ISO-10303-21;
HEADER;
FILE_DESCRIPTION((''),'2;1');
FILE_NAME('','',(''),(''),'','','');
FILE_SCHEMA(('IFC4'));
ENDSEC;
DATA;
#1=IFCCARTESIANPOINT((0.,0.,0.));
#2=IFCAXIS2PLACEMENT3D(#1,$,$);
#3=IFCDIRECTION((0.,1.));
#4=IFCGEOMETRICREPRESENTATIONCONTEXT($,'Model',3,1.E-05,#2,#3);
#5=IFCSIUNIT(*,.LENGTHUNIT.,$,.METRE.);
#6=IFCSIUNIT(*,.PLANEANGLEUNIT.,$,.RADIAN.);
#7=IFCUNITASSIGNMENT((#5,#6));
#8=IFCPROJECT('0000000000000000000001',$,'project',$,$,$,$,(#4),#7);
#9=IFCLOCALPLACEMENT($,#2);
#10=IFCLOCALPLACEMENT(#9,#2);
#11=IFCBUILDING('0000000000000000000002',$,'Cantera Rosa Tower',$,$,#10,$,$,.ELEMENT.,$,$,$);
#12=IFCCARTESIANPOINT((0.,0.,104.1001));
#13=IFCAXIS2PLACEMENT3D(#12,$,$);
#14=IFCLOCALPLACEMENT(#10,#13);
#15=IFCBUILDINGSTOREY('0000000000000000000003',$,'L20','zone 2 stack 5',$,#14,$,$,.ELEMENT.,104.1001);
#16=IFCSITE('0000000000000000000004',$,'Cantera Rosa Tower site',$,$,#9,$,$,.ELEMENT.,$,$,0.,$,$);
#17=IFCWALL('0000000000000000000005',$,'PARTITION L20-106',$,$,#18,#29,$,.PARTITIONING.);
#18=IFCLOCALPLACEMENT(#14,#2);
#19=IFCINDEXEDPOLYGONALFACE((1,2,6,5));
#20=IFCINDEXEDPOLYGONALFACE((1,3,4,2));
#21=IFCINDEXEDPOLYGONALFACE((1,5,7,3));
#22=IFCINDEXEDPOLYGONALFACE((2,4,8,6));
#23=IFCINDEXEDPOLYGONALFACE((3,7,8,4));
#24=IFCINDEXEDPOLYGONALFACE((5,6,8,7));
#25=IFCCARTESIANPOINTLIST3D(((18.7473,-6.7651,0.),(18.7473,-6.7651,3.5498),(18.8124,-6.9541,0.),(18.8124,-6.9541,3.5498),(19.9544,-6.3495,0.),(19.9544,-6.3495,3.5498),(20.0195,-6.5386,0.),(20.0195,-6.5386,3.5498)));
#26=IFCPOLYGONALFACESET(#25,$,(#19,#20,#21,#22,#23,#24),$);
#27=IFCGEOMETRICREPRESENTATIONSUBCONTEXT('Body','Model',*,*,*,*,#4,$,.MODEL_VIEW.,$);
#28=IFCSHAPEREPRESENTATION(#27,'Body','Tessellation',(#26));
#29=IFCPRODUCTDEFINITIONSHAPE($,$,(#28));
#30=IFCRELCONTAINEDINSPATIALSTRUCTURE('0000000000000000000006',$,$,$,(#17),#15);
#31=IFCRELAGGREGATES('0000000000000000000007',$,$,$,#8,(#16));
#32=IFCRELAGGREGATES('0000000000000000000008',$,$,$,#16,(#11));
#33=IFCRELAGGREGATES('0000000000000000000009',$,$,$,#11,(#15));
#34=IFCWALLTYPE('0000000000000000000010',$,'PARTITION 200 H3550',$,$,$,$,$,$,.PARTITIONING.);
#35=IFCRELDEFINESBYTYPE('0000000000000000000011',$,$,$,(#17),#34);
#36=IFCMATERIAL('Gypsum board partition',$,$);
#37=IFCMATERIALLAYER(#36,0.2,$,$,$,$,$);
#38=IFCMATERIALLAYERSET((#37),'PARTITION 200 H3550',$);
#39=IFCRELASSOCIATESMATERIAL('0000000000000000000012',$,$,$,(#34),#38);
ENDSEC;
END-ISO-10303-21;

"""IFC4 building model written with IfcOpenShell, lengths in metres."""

from ifc_helpers import new_model, si_unit, direction, frame, frame_2d, origin, place, context, subcontext, project, spatial, rectangle, extrude, material, layer, layer_set, type_object, element, save


model = new_model("IFC4")

# Units and contexts
model_context = context("Model", 3, precision=1e-05, world=origin(), true_north=direction((0.0, 1.0)))
body_context = subcontext(model_context, "Body", "Model", "MODEL_VIEW")
ifc_project = project(units=[si_unit("LENGTHUNIT", "METRE"), si_unit("PLANEANGLEUNIT", "RADIAN")], contexts=[model_context])

# Site, building, storey
site_placement = place(None, origin())
site = spatial("IfcSite", under=ifc_project, at=site_placement, Name="Cantera Rosa Tower site", CompositionType="ELEMENT", RefElevation=0.0)
building_placement = place(site_placement, origin())
building = spatial("IfcBuilding", under=site, at=building_placement, Name="Cantera Rosa Tower", CompositionType="ELEMENT")
storey_placement = place(building_placement, frame((0.0, 0.0, 104.1001)))
storey = spatial("IfcBuildingStorey", under=building, at=storey_placement, Name="L20", Description="zone 2 stack 5", CompositionType="ELEMENT", Elevation=104.1001)

# Wall
ifc_material_1 = material(Name="Gypsum board partition")
ifc_layer_1 = layer(ifc_material_1, 0.2)
ifc_layer_set_1 = layer_set([ifc_layer_1], Name="PARTITION 200 H3550")
wall_type_1 = type_object("IfcWallType", Name="PARTITION 200 H3550", PredefinedType="PARTITIONING", material=ifc_layer_set_1)
wall_1_placement = place(storey_placement, frame((19.9868, -6.4441, 0.0), z_axis=(0.0, 0.0, 1.0), x_axis=(-0.94554, -0.325507, 0.0)))
element("IfcWall", 1, at=wall_1_placement, inside=storey, type_object=wall_type_1, Name="PARTITION L20-106", PredefinedType="PARTITIONING", context=body_context, shape_type="SweptSolid", body=[
    extrude(rectangle(XDim=1.2766, YDim=0.2, at=frame_2d((0.6382, 0.0))), origin(), (0.0, 0.0, 1.0), 3.5498),
])

save(model, "model.ifc")
